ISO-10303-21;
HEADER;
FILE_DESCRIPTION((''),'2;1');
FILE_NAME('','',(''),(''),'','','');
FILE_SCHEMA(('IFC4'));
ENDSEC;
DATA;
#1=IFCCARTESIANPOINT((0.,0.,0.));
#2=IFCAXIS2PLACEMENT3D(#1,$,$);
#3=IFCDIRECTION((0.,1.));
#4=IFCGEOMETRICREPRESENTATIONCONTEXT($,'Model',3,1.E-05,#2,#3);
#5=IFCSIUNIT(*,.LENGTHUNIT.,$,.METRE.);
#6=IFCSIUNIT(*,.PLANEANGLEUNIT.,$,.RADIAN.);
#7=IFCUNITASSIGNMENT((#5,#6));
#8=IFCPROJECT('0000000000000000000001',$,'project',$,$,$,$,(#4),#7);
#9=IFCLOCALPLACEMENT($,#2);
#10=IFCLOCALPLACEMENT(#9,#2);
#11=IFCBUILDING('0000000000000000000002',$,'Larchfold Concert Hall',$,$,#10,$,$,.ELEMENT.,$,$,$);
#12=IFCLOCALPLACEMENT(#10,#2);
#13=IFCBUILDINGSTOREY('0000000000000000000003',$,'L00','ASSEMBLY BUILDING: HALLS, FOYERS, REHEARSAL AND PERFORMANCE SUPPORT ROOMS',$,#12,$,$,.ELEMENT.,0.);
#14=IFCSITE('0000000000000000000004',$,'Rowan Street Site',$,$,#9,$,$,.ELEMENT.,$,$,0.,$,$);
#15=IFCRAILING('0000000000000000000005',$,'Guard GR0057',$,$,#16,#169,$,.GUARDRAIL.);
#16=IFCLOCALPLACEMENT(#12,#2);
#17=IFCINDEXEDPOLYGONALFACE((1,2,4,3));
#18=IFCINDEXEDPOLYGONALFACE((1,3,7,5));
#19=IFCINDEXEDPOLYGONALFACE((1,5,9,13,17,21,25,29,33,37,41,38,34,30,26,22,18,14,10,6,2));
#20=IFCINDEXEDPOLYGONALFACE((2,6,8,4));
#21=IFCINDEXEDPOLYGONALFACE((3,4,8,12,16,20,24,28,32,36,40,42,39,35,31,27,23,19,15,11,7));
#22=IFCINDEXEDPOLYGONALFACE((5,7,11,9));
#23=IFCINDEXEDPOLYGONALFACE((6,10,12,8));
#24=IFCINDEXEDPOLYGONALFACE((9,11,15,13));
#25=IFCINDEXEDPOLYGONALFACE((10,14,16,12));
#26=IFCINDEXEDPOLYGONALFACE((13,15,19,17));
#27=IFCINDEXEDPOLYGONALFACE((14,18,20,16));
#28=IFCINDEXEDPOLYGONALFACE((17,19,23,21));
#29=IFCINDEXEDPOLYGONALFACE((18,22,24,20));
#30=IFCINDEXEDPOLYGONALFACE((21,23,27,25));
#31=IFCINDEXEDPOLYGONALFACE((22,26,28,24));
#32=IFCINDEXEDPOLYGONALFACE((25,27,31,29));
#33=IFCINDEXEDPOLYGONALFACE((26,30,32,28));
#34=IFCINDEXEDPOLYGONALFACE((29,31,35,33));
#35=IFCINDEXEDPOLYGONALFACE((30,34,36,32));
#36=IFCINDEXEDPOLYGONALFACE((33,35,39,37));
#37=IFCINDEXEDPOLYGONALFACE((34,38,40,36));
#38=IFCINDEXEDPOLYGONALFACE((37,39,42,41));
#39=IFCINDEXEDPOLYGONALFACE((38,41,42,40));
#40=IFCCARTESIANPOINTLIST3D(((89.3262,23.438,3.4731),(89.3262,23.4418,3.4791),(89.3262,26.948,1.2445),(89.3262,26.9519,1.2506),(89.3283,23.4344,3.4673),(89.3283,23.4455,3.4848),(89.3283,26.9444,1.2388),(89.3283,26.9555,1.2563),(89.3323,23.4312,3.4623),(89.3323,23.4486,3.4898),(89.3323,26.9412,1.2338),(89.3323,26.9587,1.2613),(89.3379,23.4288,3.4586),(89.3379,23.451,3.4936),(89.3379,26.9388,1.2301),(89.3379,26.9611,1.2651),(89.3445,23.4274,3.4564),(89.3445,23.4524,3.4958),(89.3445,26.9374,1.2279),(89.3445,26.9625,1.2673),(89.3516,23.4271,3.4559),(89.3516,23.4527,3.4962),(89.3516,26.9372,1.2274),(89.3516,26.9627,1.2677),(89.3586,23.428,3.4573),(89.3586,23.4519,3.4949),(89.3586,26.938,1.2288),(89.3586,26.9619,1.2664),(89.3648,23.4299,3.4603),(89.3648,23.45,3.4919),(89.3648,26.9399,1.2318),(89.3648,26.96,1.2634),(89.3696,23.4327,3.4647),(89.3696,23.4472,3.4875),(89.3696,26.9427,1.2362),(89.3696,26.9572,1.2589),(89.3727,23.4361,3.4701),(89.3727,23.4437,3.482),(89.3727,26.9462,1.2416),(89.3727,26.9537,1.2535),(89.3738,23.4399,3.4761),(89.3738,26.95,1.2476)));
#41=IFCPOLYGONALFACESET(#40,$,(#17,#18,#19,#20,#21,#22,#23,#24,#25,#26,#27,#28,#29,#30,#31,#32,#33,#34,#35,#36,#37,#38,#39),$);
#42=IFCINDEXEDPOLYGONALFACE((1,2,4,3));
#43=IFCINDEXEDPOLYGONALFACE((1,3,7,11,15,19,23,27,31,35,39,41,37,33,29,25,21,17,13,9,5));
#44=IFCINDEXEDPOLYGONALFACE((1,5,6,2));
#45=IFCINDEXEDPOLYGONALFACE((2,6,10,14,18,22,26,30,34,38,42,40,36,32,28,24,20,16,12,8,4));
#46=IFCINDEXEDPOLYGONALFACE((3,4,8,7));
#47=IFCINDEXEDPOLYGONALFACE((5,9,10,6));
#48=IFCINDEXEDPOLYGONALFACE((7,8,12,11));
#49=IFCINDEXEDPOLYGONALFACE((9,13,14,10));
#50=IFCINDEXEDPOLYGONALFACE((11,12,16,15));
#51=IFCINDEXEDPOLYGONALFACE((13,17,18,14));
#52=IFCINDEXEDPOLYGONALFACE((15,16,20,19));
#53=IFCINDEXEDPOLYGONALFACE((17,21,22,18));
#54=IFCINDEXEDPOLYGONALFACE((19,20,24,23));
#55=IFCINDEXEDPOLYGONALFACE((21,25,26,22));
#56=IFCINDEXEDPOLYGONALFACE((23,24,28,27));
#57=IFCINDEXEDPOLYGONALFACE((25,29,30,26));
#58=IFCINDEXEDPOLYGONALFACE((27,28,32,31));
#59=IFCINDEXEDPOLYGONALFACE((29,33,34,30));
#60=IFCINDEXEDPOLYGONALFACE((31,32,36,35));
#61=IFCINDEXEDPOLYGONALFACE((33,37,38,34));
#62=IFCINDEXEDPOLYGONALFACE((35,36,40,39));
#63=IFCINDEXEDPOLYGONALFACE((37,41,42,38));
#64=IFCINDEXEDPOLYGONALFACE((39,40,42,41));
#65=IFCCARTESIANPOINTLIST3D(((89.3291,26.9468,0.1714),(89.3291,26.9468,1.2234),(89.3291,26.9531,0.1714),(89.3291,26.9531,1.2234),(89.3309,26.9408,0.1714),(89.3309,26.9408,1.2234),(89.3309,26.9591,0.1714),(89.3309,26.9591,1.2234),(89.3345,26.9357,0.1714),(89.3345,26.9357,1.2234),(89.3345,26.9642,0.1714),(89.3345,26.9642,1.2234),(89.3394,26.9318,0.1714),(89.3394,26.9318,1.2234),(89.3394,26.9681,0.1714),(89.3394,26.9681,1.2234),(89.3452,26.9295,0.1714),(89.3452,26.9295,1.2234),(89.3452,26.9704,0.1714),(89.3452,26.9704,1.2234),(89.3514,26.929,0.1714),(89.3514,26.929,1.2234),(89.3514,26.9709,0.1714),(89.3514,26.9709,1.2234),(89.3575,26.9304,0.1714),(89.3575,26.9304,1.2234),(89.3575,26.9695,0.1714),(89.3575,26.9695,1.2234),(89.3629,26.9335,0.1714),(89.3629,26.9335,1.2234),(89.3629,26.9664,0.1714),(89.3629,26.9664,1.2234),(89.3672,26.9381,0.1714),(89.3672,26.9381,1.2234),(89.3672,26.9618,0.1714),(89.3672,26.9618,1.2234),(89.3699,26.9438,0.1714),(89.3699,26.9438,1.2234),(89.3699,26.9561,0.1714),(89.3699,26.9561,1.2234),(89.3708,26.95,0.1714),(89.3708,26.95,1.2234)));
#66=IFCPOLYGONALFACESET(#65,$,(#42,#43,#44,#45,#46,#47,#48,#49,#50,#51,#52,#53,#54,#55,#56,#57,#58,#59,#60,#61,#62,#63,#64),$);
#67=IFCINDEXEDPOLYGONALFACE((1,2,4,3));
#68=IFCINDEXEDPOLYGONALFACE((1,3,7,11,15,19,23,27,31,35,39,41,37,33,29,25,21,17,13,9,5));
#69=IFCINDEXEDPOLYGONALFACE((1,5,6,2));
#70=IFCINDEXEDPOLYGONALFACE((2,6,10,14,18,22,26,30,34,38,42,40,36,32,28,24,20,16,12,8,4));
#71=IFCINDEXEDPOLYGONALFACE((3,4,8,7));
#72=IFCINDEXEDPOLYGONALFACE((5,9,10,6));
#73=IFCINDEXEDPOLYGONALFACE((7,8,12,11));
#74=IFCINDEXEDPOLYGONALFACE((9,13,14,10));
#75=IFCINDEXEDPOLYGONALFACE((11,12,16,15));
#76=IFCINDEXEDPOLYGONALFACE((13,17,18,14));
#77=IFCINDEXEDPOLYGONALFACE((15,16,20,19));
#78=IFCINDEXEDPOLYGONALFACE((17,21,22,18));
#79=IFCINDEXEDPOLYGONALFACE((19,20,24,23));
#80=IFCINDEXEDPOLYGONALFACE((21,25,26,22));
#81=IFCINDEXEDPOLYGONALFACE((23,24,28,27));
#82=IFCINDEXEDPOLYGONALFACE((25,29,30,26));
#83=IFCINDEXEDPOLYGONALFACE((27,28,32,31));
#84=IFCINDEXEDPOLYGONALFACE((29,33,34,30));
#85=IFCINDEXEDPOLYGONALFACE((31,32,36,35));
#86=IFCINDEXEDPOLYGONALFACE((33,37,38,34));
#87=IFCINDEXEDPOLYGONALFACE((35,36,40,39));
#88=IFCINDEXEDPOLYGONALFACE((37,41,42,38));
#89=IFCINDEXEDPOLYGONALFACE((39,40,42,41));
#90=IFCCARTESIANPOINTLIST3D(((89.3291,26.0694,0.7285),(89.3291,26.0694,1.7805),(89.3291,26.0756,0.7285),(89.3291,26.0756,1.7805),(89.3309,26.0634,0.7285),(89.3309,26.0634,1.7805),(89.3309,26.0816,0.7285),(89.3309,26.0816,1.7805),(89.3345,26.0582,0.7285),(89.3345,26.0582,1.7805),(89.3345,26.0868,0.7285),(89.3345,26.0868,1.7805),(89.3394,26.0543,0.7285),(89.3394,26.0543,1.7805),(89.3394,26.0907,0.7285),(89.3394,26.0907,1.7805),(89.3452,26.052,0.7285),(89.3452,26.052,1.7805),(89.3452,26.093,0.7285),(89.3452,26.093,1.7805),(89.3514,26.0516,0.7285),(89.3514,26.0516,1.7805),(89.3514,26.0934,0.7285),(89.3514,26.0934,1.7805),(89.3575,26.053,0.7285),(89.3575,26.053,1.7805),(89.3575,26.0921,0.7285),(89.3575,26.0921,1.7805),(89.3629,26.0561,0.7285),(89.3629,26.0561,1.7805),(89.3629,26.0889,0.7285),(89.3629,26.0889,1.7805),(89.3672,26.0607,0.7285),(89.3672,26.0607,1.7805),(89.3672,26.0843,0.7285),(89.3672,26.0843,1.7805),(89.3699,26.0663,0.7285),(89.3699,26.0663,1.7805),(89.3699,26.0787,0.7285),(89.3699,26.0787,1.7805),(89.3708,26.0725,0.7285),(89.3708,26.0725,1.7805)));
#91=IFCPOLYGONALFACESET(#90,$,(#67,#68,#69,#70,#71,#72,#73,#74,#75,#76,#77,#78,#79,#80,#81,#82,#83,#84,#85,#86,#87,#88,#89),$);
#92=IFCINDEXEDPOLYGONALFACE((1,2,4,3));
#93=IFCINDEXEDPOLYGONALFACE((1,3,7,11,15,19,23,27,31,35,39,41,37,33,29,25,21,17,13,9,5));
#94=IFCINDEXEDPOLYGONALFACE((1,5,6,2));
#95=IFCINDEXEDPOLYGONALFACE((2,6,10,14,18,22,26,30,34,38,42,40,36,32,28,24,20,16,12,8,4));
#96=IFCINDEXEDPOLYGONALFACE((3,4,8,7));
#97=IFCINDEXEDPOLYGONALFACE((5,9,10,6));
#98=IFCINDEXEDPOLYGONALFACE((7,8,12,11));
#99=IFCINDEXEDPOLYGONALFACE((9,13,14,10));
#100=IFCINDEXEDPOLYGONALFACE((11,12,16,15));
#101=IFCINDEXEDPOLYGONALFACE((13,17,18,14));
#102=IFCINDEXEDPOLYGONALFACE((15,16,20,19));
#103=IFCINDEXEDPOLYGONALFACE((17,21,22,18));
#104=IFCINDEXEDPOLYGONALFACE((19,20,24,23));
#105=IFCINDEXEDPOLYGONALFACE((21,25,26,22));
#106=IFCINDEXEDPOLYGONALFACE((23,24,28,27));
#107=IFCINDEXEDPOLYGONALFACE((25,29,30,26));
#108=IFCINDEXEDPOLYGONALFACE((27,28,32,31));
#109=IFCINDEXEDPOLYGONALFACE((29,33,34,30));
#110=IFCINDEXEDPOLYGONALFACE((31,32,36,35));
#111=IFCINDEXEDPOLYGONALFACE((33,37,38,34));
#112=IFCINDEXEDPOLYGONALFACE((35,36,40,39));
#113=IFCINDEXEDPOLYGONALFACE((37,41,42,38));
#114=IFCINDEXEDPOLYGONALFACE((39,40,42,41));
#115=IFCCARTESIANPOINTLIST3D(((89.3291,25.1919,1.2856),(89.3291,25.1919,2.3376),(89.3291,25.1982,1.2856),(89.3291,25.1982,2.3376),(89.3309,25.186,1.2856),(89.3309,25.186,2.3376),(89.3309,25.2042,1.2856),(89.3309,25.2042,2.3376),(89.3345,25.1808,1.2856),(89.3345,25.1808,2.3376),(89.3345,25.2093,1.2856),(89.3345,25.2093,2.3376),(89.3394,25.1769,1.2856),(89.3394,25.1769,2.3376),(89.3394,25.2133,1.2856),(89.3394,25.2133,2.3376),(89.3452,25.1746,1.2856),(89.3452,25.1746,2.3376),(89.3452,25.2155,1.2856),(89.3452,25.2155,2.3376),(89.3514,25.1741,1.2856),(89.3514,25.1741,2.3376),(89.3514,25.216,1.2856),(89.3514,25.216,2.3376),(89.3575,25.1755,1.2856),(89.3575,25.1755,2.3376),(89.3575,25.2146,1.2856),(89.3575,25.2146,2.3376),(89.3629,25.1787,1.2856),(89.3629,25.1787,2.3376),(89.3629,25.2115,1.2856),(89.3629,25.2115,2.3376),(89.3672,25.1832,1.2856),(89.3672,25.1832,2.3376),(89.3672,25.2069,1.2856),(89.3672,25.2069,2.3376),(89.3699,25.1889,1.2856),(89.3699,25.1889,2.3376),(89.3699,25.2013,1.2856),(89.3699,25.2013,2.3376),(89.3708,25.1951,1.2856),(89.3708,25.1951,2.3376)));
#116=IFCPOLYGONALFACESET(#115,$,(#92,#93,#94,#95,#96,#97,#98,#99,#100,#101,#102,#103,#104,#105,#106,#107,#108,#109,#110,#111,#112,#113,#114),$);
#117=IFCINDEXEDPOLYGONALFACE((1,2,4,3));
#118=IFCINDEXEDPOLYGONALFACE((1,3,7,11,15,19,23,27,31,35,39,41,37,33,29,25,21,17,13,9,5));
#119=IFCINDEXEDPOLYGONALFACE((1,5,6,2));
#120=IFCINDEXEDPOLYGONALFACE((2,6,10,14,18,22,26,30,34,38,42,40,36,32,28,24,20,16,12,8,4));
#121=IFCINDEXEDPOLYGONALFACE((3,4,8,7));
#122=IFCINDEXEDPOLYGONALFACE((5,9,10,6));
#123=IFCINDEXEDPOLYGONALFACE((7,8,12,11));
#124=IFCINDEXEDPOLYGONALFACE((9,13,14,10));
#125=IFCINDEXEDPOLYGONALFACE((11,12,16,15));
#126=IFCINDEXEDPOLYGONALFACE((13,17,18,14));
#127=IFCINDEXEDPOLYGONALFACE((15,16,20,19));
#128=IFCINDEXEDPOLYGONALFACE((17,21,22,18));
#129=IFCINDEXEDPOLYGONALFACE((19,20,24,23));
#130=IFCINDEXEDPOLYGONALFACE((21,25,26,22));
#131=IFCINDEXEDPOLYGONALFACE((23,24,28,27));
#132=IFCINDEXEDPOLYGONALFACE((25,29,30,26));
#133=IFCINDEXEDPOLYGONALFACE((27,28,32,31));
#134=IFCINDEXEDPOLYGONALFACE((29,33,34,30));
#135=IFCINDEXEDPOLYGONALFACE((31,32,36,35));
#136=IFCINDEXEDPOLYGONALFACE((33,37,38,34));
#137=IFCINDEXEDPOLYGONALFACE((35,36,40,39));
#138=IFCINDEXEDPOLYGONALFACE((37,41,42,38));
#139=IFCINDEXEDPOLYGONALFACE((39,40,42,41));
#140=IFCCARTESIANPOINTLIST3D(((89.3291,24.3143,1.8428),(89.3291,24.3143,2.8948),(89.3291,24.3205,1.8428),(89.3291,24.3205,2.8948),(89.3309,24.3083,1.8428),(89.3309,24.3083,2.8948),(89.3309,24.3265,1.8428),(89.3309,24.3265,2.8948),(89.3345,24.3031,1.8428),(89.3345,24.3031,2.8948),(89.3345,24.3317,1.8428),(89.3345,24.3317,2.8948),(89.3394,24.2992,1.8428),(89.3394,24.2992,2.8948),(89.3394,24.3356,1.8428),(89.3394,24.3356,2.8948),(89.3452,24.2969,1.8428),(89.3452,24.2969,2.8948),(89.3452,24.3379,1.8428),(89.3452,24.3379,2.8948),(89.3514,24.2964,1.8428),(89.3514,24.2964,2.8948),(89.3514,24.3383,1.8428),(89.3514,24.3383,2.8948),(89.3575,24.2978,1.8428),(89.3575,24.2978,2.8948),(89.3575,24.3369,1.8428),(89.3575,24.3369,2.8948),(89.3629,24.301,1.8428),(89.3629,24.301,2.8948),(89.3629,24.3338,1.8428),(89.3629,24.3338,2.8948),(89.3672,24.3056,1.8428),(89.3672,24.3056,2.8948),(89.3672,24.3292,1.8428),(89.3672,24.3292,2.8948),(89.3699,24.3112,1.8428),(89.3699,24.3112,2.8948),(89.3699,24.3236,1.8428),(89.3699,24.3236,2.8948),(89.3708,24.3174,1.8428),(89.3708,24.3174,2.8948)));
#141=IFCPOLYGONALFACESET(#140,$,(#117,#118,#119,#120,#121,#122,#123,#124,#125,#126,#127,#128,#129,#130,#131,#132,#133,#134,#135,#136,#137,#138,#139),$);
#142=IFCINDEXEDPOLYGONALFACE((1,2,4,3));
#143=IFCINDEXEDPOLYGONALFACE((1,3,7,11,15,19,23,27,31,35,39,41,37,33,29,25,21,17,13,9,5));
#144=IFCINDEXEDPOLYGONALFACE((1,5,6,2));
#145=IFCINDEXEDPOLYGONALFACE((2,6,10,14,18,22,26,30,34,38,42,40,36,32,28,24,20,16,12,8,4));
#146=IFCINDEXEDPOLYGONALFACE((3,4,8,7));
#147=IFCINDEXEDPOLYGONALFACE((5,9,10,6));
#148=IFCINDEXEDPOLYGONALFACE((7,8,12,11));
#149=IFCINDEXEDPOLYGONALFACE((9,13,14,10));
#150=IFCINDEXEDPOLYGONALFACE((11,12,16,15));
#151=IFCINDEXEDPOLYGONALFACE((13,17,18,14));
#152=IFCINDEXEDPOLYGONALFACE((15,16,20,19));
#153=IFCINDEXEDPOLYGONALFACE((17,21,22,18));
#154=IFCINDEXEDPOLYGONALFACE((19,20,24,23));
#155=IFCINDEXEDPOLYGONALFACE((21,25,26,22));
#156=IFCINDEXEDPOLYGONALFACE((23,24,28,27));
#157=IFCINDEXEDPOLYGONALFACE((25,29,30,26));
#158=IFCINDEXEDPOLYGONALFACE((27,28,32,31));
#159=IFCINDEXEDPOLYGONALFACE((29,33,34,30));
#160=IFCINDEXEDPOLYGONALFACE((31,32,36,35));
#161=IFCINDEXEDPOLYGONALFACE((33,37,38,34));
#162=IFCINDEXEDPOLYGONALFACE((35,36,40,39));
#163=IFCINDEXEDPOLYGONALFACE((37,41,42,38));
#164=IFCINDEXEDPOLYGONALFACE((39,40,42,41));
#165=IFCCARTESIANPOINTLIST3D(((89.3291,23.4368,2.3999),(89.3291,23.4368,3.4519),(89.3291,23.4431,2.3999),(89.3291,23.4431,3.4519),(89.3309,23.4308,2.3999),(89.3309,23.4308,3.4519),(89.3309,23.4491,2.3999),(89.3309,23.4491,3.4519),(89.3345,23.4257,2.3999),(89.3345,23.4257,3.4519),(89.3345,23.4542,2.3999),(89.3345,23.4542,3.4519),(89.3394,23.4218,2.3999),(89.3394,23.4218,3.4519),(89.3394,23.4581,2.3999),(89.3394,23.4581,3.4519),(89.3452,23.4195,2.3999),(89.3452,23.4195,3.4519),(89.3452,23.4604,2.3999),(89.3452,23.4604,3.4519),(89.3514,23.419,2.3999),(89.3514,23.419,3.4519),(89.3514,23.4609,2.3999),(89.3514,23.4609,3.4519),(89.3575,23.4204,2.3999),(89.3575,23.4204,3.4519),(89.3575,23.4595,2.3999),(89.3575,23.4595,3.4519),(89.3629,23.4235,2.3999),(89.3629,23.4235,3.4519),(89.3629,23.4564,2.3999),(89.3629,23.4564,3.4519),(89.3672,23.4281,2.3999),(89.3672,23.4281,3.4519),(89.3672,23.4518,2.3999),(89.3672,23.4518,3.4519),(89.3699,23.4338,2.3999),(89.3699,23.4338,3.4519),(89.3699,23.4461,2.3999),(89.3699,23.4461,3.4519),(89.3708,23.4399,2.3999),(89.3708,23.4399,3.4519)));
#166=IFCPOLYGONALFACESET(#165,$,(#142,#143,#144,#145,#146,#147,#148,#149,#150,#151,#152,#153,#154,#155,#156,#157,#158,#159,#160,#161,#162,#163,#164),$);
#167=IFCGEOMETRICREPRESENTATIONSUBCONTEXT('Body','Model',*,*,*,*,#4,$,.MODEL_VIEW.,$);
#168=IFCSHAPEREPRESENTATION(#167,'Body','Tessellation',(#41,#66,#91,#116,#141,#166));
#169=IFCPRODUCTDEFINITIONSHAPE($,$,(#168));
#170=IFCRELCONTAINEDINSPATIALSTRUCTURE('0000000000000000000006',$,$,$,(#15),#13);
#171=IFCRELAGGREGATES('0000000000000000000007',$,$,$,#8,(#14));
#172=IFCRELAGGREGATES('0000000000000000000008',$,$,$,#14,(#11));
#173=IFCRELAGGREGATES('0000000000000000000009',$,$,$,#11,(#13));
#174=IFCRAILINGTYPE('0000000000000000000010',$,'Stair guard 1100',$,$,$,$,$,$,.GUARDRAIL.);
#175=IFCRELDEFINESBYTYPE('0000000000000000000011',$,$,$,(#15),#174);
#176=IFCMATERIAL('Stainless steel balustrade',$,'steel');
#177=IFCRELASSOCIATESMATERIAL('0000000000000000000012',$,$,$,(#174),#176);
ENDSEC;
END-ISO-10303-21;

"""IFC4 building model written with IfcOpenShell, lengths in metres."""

from ifc_helpers import new_model, si_unit, direction, frame, origin, origin_2d, place, context, subcontext, project, spatial, circle, extrude, material, type_object, element, save


model = new_model("IFC4")

# Units and contexts
model_context = context("Model", 3, precision=1e-05, world=origin(), true_north=direction((0.0, 1.0)))
body_context = subcontext(model_context, "Body", "Model", "MODEL_VIEW")
ifc_project = project(units=[si_unit("LENGTHUNIT", "METRE"), si_unit("PLANEANGLEUNIT", "RADIAN")], contexts=[model_context])

# Site, building, storey
site_placement = place(None, origin())
site = spatial("IfcSite", under=ifc_project, at=site_placement, Name="Rowan Street Site", CompositionType="ELEMENT", RefElevation=0.0)
building_placement = place(site_placement, origin())
building = spatial("IfcBuilding", under=site, at=building_placement, Name="Larchfold Concert Hall", CompositionType="ELEMENT")
storey_placement = place(building_placement, origin())
storey = spatial("IfcBuildingStorey", under=building, at=storey_placement, Name="L00", Description="ASSEMBLY BUILDING: HALLS, FOYERS, REHEARSAL AND PERFORMANCE SUPPORT ROOMS", CompositionType="ELEMENT", Elevation=0.0)

# Railing
ifc_material_1 = material(Name="Stainless steel balustrade", Category="steel")
railing_type = type_object("IfcRailingType", Name="Stair guard 1100", PredefinedType="GUARDRAIL", material=ifc_material_1)
railing_1_placement = place(storey_placement, frame((89.3499, 26.95, 0.1714)))
element("IfcRailing", 1, at=railing_1_placement, inside=storey, type_object=railing_type, Name="Guard GR0057", PredefinedType="GUARDRAIL", context=body_context, shape_type="SweptSolid", body=[
    extrude(circle(Radius=0.0239, at=origin_2d()), frame((0.0, 0.0, 1.0762), z_axis=(0.0, -0.84422, 0.535998), x_axis=(1.0, 0.0, 0.0)), (0.0, 0.0, 1.0), 4.1577),
    extrude(circle(Radius=0.021, at=origin_2d()), origin(), (0.0, 0.0, 1.0), 1.052),
    extrude(circle(Radius=0.021, at=origin_2d()), frame((0.0, -0.8774, 0.5571)), (0.0, 0.0, 1.0), 1.052),
    extrude(circle(Radius=0.021, at=origin_2d()), frame((0.0, -1.7549, 1.1143)), (0.0, 0.0, 1.0), 1.052),
    extrude(circle(Radius=0.021, at=origin_2d()), frame((0.0, -2.6326, 1.6714)), (0.0, 0.0, 1.0), 1.052),
    extrude(circle(Radius=0.021, at=origin_2d()), frame((0.0, -3.51, 2.2285)), (0.0, 0.0, 1.0), 1.052),
])

save(model, "model.ifc")
